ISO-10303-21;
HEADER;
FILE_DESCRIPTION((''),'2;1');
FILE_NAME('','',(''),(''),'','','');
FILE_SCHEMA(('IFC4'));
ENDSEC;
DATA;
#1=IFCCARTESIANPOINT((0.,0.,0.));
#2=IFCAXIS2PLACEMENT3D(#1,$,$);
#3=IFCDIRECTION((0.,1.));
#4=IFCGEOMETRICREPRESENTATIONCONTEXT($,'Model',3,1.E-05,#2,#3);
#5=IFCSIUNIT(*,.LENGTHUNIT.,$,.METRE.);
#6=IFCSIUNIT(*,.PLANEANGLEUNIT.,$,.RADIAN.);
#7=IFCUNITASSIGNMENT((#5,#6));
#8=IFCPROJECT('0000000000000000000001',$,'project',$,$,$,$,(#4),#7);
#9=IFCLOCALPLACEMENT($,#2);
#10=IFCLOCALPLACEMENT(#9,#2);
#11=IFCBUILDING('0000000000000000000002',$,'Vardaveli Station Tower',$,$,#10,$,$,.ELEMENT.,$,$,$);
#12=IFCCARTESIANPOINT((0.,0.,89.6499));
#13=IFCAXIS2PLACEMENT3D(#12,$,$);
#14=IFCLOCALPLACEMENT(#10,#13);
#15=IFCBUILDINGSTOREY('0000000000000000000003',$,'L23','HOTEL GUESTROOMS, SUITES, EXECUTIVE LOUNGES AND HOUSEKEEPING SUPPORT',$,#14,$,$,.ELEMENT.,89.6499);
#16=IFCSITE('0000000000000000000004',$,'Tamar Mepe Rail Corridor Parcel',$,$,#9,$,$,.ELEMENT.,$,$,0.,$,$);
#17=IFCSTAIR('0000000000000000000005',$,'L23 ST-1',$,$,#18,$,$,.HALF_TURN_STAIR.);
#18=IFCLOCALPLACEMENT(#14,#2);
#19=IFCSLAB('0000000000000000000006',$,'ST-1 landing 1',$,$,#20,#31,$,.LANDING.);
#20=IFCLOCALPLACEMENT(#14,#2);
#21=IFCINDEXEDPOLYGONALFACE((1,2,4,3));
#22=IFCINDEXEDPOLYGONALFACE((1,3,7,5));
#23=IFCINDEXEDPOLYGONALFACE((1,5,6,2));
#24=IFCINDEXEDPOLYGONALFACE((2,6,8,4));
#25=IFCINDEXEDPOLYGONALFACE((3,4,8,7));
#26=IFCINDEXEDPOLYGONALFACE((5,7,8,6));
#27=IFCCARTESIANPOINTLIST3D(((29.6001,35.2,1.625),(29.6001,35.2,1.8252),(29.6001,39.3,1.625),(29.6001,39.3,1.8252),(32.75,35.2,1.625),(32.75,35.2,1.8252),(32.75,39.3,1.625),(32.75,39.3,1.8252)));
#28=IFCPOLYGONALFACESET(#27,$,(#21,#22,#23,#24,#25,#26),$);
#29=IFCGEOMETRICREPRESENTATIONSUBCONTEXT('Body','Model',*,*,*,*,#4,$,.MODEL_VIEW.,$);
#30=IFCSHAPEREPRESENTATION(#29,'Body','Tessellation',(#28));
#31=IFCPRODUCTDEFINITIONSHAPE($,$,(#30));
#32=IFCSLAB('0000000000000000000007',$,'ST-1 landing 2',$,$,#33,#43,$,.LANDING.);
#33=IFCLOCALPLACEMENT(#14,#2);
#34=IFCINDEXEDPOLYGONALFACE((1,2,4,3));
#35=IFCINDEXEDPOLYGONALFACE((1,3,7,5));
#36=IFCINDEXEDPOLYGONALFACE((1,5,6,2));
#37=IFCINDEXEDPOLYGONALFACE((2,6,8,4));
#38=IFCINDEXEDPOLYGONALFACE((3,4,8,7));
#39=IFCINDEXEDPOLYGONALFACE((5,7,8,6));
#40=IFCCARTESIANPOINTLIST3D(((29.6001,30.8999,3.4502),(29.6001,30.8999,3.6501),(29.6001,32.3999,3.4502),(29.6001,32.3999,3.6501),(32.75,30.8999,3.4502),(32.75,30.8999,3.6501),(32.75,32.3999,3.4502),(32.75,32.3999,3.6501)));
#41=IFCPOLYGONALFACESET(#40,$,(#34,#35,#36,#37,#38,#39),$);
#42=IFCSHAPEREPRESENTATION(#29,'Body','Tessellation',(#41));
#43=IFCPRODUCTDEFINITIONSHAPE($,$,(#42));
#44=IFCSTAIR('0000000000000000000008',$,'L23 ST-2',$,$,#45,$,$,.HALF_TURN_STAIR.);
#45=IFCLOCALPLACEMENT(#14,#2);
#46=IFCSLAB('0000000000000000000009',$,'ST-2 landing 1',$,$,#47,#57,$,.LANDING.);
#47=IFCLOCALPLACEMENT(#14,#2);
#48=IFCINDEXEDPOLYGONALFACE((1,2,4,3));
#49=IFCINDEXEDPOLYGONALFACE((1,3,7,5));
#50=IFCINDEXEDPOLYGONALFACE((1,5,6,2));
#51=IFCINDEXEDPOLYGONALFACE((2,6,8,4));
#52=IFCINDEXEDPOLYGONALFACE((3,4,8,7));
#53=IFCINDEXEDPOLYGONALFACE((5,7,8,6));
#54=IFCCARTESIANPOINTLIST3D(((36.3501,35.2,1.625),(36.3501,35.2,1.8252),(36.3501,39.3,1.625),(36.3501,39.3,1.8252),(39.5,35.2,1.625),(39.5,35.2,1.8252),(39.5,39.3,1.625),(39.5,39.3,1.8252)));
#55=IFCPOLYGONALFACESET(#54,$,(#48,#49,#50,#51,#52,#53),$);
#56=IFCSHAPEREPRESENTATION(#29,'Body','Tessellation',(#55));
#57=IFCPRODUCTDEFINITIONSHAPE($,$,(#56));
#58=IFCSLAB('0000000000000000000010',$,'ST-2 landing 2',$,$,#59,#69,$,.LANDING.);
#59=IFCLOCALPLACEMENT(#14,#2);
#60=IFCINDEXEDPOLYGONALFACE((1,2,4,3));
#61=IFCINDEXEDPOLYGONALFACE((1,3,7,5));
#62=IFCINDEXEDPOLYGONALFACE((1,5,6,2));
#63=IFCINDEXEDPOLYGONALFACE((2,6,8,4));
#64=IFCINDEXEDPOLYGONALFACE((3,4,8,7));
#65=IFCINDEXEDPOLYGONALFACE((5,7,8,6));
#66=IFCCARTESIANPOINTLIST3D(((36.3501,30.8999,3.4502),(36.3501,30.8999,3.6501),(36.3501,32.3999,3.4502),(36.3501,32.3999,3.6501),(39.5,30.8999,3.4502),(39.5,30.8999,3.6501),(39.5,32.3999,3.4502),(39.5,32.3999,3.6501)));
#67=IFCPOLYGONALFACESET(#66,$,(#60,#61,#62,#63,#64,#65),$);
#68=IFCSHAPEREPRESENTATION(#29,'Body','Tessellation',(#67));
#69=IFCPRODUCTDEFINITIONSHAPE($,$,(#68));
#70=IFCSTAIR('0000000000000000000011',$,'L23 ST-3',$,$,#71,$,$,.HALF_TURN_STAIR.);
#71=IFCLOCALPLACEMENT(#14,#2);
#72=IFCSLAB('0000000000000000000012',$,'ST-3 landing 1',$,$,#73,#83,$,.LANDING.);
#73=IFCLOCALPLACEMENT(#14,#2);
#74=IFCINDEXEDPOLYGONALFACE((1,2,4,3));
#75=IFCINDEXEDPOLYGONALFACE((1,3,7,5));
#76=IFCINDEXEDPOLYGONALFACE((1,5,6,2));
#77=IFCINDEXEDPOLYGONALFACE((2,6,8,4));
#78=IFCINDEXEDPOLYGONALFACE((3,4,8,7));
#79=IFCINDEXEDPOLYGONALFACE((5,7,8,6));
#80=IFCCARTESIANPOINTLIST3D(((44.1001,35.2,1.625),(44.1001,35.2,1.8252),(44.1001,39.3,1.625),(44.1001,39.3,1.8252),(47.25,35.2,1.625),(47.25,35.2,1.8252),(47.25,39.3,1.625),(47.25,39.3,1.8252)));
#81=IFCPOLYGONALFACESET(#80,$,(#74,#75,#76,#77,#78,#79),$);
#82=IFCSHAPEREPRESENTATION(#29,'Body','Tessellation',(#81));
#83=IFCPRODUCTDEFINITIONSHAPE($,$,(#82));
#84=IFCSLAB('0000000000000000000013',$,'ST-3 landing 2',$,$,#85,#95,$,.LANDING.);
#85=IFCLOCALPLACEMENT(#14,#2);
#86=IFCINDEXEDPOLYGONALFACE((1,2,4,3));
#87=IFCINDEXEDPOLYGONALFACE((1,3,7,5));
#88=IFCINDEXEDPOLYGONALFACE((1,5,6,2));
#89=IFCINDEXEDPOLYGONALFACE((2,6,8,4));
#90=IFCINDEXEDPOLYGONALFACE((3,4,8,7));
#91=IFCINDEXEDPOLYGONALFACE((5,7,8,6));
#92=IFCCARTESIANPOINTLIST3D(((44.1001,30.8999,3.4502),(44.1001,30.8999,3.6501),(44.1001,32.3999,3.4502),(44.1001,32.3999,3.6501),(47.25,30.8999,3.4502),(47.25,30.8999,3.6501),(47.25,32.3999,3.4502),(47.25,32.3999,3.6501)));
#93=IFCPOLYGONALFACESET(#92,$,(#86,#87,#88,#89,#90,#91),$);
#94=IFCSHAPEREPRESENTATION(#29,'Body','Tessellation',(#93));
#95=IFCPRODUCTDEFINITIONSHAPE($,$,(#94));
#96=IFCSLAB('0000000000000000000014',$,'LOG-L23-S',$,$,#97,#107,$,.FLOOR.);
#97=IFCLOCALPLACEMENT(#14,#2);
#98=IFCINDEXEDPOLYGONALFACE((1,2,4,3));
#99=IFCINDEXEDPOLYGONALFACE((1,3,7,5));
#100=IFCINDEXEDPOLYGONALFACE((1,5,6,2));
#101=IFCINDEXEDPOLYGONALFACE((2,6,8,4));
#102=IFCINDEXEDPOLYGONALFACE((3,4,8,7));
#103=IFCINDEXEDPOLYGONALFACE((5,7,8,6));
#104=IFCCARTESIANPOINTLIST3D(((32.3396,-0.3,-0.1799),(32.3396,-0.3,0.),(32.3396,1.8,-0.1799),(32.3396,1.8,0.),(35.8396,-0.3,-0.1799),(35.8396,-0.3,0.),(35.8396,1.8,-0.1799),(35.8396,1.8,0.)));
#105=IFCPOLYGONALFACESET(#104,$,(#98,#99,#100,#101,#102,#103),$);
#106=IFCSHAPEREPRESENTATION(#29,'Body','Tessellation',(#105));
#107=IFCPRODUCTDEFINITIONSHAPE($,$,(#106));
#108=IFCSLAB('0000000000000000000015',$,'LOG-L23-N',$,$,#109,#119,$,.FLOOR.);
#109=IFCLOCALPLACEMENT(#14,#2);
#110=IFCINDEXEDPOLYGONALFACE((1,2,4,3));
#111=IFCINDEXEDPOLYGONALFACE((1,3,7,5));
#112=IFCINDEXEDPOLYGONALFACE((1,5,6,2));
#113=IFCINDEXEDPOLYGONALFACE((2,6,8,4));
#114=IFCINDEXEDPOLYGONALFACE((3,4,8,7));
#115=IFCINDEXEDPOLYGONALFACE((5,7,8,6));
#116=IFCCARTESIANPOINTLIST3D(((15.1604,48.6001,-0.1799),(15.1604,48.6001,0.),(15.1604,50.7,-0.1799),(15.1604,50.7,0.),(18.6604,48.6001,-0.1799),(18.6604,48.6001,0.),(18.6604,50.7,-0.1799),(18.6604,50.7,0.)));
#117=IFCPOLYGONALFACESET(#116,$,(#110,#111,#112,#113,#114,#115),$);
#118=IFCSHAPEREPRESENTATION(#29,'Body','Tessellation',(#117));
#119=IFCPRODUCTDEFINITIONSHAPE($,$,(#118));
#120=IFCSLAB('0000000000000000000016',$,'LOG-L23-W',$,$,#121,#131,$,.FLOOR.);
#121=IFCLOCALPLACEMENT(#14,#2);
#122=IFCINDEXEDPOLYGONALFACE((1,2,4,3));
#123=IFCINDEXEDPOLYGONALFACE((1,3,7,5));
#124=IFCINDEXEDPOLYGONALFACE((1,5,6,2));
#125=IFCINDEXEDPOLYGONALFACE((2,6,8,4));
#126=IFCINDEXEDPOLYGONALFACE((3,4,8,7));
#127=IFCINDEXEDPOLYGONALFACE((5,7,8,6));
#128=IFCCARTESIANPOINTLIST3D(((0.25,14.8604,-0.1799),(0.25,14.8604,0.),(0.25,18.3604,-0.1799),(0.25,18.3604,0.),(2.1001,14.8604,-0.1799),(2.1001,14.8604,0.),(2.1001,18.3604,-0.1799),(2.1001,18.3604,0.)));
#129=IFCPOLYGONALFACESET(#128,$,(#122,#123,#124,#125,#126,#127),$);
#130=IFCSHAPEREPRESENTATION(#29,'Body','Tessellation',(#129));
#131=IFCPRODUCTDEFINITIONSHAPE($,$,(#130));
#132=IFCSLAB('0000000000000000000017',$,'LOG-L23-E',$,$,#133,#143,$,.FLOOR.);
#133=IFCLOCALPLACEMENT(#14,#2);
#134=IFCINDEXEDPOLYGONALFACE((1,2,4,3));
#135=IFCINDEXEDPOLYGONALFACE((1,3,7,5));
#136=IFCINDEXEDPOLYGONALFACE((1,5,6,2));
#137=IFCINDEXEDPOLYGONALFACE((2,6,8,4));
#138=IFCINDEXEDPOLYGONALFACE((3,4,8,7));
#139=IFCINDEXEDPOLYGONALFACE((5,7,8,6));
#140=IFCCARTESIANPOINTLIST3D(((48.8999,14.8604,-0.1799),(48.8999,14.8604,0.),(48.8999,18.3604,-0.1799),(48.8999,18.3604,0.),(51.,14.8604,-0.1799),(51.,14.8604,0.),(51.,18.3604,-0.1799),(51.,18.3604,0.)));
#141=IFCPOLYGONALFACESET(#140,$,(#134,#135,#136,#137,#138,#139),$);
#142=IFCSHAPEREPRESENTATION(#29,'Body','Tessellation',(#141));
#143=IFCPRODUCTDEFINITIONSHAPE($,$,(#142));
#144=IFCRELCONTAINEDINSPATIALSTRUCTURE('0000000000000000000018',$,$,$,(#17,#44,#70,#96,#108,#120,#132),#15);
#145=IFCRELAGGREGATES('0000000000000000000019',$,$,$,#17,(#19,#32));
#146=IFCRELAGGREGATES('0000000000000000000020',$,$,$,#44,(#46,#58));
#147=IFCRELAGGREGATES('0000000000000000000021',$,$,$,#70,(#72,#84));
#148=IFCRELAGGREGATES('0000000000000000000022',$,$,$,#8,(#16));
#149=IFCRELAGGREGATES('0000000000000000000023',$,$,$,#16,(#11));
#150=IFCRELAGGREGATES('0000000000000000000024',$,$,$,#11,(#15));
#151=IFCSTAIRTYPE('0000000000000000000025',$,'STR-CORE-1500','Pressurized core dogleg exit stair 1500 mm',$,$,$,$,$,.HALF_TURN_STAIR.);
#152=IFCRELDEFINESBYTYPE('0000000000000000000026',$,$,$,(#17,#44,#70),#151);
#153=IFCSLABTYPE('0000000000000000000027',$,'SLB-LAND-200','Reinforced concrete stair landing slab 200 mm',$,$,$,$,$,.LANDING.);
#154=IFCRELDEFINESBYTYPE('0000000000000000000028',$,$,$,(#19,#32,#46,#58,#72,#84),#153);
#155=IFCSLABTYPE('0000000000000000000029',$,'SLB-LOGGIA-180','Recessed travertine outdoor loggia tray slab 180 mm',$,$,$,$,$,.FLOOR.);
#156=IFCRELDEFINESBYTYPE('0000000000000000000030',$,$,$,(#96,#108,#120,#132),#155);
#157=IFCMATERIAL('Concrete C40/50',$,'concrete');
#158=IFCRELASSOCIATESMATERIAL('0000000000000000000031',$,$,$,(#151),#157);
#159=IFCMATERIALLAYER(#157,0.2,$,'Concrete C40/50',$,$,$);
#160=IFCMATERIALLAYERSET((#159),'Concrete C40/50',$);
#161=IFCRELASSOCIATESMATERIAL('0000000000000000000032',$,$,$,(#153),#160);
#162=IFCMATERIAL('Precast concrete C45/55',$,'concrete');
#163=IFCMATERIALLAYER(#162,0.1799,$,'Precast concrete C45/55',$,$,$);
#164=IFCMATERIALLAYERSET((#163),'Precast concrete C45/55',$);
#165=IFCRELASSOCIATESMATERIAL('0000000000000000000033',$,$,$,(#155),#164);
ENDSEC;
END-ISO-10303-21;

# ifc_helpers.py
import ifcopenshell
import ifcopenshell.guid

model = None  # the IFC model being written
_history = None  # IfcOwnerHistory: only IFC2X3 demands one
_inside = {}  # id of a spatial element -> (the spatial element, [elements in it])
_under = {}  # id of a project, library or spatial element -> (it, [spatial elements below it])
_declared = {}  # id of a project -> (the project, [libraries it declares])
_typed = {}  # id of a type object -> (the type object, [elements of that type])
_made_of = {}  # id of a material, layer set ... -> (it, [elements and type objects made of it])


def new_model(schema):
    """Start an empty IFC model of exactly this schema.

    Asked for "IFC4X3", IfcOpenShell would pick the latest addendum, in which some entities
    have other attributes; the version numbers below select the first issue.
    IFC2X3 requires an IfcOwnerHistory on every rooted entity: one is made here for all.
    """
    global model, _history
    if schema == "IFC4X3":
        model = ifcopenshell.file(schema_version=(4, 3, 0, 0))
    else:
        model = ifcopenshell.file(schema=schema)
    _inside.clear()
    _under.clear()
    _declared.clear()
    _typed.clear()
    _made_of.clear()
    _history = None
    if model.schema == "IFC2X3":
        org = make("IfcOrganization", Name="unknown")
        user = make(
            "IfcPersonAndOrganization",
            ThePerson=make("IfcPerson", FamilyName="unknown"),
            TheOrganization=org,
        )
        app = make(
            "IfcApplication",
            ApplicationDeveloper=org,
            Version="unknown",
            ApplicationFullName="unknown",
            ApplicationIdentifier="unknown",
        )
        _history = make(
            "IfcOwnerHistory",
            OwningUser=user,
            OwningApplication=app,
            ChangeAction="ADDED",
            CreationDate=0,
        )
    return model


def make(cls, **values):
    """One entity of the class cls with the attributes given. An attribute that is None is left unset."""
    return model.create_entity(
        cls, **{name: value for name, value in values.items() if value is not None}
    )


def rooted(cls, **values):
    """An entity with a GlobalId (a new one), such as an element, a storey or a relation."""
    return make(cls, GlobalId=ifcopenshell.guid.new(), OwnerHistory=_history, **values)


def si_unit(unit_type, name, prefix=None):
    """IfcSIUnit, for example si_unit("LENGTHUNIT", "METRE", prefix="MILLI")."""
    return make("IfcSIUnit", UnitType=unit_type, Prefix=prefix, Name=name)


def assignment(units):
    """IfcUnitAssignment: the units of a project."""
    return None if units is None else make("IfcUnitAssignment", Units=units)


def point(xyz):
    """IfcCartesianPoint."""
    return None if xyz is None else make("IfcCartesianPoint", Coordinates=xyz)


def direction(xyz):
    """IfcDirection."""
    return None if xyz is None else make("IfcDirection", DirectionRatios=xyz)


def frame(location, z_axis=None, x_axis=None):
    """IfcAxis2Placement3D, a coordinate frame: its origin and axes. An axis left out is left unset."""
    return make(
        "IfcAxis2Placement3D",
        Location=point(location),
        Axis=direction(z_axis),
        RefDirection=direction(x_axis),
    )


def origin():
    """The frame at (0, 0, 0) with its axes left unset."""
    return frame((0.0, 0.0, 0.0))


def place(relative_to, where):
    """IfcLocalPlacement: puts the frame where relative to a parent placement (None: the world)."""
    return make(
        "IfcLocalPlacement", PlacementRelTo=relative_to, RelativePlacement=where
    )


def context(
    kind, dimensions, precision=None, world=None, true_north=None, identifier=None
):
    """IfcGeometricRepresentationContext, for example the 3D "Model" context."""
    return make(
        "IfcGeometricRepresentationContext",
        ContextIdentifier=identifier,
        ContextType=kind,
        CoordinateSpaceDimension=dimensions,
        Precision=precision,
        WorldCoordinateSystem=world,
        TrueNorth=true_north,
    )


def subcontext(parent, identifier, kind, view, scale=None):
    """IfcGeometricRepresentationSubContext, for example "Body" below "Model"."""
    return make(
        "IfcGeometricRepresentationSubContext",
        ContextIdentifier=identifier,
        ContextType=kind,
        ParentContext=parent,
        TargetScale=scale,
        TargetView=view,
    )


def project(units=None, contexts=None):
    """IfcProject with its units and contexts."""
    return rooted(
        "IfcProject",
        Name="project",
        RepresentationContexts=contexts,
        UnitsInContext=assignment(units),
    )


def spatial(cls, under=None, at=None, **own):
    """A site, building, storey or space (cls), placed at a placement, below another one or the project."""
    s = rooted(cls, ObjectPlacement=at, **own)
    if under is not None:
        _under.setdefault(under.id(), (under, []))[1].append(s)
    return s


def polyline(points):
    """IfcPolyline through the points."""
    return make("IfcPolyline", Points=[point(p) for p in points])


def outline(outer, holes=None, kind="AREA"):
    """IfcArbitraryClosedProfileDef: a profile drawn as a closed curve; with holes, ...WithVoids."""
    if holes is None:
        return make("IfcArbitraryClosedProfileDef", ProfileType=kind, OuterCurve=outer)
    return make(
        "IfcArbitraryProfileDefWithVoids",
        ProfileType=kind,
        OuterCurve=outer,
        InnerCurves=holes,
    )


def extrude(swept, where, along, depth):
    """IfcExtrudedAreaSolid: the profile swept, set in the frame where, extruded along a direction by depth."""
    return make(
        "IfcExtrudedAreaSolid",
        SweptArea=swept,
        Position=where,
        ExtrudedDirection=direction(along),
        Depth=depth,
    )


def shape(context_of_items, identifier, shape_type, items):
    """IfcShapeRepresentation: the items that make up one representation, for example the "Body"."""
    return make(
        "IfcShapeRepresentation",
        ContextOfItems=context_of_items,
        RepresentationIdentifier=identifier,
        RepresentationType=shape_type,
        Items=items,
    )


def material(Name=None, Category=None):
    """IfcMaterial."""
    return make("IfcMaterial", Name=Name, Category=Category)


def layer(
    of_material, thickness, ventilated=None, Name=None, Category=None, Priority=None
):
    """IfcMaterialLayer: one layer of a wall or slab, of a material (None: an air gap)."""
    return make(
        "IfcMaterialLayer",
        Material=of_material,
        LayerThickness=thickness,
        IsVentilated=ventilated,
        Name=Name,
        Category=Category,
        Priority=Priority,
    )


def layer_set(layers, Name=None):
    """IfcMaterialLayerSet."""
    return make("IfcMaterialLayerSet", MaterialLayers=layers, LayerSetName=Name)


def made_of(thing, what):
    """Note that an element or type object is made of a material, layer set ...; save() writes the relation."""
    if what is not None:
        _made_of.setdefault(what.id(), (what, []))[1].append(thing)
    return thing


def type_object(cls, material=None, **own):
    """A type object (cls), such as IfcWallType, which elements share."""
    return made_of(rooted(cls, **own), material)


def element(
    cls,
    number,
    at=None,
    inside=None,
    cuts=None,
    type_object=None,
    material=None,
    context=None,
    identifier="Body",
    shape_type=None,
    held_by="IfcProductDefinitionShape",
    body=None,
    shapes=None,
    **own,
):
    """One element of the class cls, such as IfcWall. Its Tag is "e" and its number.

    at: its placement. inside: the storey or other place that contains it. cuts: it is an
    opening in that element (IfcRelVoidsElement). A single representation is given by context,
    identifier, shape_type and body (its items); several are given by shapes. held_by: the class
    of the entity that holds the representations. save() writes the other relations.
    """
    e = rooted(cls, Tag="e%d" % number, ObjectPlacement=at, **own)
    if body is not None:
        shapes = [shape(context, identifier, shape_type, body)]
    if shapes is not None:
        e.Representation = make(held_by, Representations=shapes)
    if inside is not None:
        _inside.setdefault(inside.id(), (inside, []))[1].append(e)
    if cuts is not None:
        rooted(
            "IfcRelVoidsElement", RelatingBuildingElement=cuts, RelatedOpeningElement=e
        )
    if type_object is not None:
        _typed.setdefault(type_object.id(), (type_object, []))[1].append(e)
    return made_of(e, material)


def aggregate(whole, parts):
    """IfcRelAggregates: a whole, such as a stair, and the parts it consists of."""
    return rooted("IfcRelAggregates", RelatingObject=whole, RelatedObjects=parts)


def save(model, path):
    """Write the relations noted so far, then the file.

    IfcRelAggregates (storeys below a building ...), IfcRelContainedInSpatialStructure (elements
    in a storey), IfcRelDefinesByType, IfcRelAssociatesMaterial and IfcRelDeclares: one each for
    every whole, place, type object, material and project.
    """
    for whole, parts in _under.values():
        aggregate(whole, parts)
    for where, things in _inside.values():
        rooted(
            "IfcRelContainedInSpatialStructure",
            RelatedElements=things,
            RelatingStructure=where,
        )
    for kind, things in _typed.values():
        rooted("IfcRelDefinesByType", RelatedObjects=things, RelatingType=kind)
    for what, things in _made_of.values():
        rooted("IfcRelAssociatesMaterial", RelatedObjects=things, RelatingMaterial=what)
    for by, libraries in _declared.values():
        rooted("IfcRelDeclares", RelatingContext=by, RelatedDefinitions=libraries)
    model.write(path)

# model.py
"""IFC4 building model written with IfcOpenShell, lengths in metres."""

from ifc_helpers import new_model, si_unit, direction, frame, origin, place, context, subcontext, project, spatial, polyline, outline, extrude, material, layer, layer_set, type_object, element, aggregate, save


model = new_model("IFC4")

# Units and contexts
model_context = context("Model", 3, precision=1e-05, world=origin(), true_north=direction((0.0, 1.0)))
body_context = subcontext(model_context, "Body", "Model", "MODEL_VIEW")
ifc_project = project(units=[si_unit("LENGTHUNIT", "METRE"), si_unit("PLANEANGLEUNIT", "RADIAN")], contexts=[model_context])

# Site, building, storey
site_placement = place(None, origin())
site = spatial("IfcSite", under=ifc_project, at=site_placement, Name="Tamar Mepe Rail Corridor Parcel", CompositionType="ELEMENT", RefElevation=0.0)
building_placement = place(site_placement, origin())
building = spatial("IfcBuilding", under=site, at=building_placement, Name="Vardaveli Station Tower", CompositionType="ELEMENT")
storey_placement = place(building_placement, frame((0.0, 0.0, 89.6499)))
storey = spatial("IfcBuildingStorey", under=building, at=storey_placement, Name="L23", Description="HOTEL GUESTROOMS, SUITES, EXECUTIVE LOUNGES AND HOUSEKEEPING SUPPORT", CompositionType="ELEMENT", Elevation=89.6499)

# Stairs, slabs
ifc_material_1 = material(Name="Concrete C40/50", Category="concrete")
stair_type = type_object("IfcStairType", Name="STR-CORE-1500", Description="Pressurized core dogleg exit stair 1500 mm", PredefinedType="HALF_TURN_STAIR", material=ifc_material_1)
stair_1_placement = place(storey_placement, origin())
stair_1 = element("IfcStair", 1, at=stair_1_placement, inside=storey, type_object=stair_type, Name="L23 ST-1", PredefinedType="HALF_TURN_STAIR")
ifc_layer_1 = layer(ifc_material_1, 0.2, Name="Concrete C40/50")
ifc_layer_set_1 = layer_set([ifc_layer_1], Name="Concrete C40/50")
slab_type_1 = type_object("IfcSlabType", Name="SLB-LAND-200", Description="Reinforced concrete stair landing slab 200 mm", PredefinedType="LANDING", material=ifc_layer_set_1)
slab_1_placement = place(storey_placement, frame((0.0, 0.0, 1.625)))
slab_1 = element("IfcSlab", 2, at=slab_1_placement, type_object=slab_type_1, Name="ST-1 landing 1", PredefinedType="LANDING", context=body_context, shape_type="SweptSolid", body=[
    extrude(outline(polyline([(32.75, 35.2), (32.75, 39.3), (29.6001, 39.3), (29.6001, 35.2), (32.75, 35.2)])), origin(), (0.0, 0.0, 1.0), 0.2002),
])
slab_2_placement = place(storey_placement, frame((0.0, 0.0, 3.4502)))
slab_2 = element("IfcSlab", 3, at=slab_2_placement, type_object=slab_type_1, Name="ST-1 landing 2", PredefinedType="LANDING", context=body_context, shape_type="SweptSolid", body=[
    extrude(outline(polyline([(32.75, 30.8999), (32.75, 32.3999), (29.6001, 32.3999), (29.6001, 30.8999), (32.75, 30.8999)])), origin(), (0.0, 0.0, 1.0), 0.2),
])
aggregate(stair_1, [slab_1, slab_2])
stair_2_placement = place(storey_placement, origin())
stair_2 = element("IfcStair", 4, at=stair_2_placement, inside=storey, type_object=stair_type, Name="L23 ST-2", PredefinedType="HALF_TURN_STAIR")
slab_3_placement = place(storey_placement, frame((0.0, 0.0, 1.625)))
slab_3 = element("IfcSlab", 5, at=slab_3_placement, type_object=slab_type_1, Name="ST-2 landing 1", PredefinedType="LANDING", context=body_context, shape_type="SweptSolid", body=[
    extrude(outline(polyline([(39.5, 35.2), (39.5, 39.3), (36.3501, 39.3), (36.3501, 35.2), (39.5, 35.2)])), origin(), (0.0, 0.0, 1.0), 0.2002),
])
slab_4_placement = place(storey_placement, frame((0.0, 0.0, 3.4502)))
slab_4 = element("IfcSlab", 6, at=slab_4_placement, type_object=slab_type_1, Name="ST-2 landing 2", PredefinedType="LANDING", context=body_context, shape_type="SweptSolid", body=[
    extrude(outline(polyline([(39.5, 30.8999), (39.5, 32.3999), (36.3501, 32.3999), (36.3501, 30.8999), (39.5, 30.8999)])), origin(), (0.0, 0.0, 1.0), 0.2),
])
aggregate(stair_2, [slab_3, slab_4])
stair_3_placement = place(storey_placement, origin())
stair_3 = element("IfcStair", 7, at=stair_3_placement, inside=storey, type_object=stair_type, Name="L23 ST-3", PredefinedType="HALF_TURN_STAIR")
slab_5_placement = place(storey_placement, frame((0.0, 0.0, 1.625)))
slab_5 = element("IfcSlab", 8, at=slab_5_placement, type_object=slab_type_1, Name="ST-3 landing 1", PredefinedType="LANDING", context=body_context, shape_type="SweptSolid", body=[
    extrude(outline(polyline([(47.25, 35.2), (47.25, 39.3), (44.1001, 39.3), (44.1001, 35.2), (47.25, 35.2)])), origin(), (0.0, 0.0, 1.0), 0.2002),
])
slab_6_placement = place(storey_placement, frame((0.0, 0.0, 3.4502)))
slab_6 = element("IfcSlab", 9, at=slab_6_placement, type_object=slab_type_1, Name="ST-3 landing 2", PredefinedType="LANDING", context=body_context, shape_type="SweptSolid", body=[
    extrude(outline(polyline([(47.25, 30.8999), (47.25, 32.3999), (44.1001, 32.3999), (44.1001, 30.8999), (47.25, 30.8999)])), origin(), (0.0, 0.0, 1.0), 0.2),
])
aggregate(stair_3, [slab_5, slab_6])

# Slabs
ifc_material_2 = material(Name="Precast concrete C45/55", Category="concrete")
ifc_layer_2 = layer(ifc_material_2, 0.1799, Name="Precast concrete C45/55")
ifc_layer_set_2 = layer_set([ifc_layer_2], Name="Precast concrete C45/55")
slab_type_2 = type_object("IfcSlabType", Name="SLB-LOGGIA-180", Description="Recessed travertine outdoor loggia tray slab 180 mm", PredefinedType="FLOOR", material=ifc_layer_set_2)
slab_7_placement = place(storey_placement, frame((0.0, 0.0, -0.1799)))
element("IfcSlab", 10, at=slab_7_placement, inside=storey, type_object=slab_type_2, Name="LOG-L23-S", PredefinedType="FLOOR", context=body_context, shape_type="SweptSolid", body=[
    extrude(outline(polyline([(32.3396, -0.3), (35.8396, -0.3), (35.8396, 1.8), (32.3396, 1.8), (32.3396, -0.3)])), origin(), (0.0, 0.0, 1.0), 0.1799),
])
slab_8_placement = place(storey_placement, frame((0.0, 0.0, -0.1799)))
element("IfcSlab", 11, at=slab_8_placement, inside=storey, type_object=slab_type_2, Name="LOG-L23-N", PredefinedType="FLOOR", context=body_context, shape_type="SweptSolid", body=[
    extrude(outline(polyline([(15.1604, 48.6001), (18.6604, 48.6001), (18.6604, 50.7), (15.1604, 50.7), (15.1604, 48.6001)])), origin(), (0.0, 0.0, 1.0), 0.1799),
])
slab_9_placement = place(storey_placement, frame((0.0, 0.0, -0.1799)))
element("IfcSlab", 12, at=slab_9_placement, inside=storey, type_object=slab_type_2, Name="LOG-L23-W", PredefinedType="FLOOR", context=body_context, shape_type="SweptSolid", body=[
    extrude(outline(polyline([(0.25, 14.8604), (2.1001, 14.8604), (2.1001, 18.3604), (0.25, 18.3604), (0.25, 14.8604)])), origin(), (0.0, 0.0, 1.0), 0.1799),
])
slab_10_placement = place(storey_placement, frame((0.0, 0.0, -0.1799)))
element("IfcSlab", 13, at=slab_10_placement, inside=storey, type_object=slab_type_2, Name="LOG-L23-E", PredefinedType="FLOOR", context=body_context, shape_type="SweptSolid", body=[
    extrude(outline(polyline([(48.8999, 14.8604), (51.0, 14.8604), (51.0, 18.3604), (48.8999, 18.3604), (48.8999, 14.8604)])), origin(), (0.0, 0.0, 1.0), 0.1799),
])

save(model, "model.ifc")
